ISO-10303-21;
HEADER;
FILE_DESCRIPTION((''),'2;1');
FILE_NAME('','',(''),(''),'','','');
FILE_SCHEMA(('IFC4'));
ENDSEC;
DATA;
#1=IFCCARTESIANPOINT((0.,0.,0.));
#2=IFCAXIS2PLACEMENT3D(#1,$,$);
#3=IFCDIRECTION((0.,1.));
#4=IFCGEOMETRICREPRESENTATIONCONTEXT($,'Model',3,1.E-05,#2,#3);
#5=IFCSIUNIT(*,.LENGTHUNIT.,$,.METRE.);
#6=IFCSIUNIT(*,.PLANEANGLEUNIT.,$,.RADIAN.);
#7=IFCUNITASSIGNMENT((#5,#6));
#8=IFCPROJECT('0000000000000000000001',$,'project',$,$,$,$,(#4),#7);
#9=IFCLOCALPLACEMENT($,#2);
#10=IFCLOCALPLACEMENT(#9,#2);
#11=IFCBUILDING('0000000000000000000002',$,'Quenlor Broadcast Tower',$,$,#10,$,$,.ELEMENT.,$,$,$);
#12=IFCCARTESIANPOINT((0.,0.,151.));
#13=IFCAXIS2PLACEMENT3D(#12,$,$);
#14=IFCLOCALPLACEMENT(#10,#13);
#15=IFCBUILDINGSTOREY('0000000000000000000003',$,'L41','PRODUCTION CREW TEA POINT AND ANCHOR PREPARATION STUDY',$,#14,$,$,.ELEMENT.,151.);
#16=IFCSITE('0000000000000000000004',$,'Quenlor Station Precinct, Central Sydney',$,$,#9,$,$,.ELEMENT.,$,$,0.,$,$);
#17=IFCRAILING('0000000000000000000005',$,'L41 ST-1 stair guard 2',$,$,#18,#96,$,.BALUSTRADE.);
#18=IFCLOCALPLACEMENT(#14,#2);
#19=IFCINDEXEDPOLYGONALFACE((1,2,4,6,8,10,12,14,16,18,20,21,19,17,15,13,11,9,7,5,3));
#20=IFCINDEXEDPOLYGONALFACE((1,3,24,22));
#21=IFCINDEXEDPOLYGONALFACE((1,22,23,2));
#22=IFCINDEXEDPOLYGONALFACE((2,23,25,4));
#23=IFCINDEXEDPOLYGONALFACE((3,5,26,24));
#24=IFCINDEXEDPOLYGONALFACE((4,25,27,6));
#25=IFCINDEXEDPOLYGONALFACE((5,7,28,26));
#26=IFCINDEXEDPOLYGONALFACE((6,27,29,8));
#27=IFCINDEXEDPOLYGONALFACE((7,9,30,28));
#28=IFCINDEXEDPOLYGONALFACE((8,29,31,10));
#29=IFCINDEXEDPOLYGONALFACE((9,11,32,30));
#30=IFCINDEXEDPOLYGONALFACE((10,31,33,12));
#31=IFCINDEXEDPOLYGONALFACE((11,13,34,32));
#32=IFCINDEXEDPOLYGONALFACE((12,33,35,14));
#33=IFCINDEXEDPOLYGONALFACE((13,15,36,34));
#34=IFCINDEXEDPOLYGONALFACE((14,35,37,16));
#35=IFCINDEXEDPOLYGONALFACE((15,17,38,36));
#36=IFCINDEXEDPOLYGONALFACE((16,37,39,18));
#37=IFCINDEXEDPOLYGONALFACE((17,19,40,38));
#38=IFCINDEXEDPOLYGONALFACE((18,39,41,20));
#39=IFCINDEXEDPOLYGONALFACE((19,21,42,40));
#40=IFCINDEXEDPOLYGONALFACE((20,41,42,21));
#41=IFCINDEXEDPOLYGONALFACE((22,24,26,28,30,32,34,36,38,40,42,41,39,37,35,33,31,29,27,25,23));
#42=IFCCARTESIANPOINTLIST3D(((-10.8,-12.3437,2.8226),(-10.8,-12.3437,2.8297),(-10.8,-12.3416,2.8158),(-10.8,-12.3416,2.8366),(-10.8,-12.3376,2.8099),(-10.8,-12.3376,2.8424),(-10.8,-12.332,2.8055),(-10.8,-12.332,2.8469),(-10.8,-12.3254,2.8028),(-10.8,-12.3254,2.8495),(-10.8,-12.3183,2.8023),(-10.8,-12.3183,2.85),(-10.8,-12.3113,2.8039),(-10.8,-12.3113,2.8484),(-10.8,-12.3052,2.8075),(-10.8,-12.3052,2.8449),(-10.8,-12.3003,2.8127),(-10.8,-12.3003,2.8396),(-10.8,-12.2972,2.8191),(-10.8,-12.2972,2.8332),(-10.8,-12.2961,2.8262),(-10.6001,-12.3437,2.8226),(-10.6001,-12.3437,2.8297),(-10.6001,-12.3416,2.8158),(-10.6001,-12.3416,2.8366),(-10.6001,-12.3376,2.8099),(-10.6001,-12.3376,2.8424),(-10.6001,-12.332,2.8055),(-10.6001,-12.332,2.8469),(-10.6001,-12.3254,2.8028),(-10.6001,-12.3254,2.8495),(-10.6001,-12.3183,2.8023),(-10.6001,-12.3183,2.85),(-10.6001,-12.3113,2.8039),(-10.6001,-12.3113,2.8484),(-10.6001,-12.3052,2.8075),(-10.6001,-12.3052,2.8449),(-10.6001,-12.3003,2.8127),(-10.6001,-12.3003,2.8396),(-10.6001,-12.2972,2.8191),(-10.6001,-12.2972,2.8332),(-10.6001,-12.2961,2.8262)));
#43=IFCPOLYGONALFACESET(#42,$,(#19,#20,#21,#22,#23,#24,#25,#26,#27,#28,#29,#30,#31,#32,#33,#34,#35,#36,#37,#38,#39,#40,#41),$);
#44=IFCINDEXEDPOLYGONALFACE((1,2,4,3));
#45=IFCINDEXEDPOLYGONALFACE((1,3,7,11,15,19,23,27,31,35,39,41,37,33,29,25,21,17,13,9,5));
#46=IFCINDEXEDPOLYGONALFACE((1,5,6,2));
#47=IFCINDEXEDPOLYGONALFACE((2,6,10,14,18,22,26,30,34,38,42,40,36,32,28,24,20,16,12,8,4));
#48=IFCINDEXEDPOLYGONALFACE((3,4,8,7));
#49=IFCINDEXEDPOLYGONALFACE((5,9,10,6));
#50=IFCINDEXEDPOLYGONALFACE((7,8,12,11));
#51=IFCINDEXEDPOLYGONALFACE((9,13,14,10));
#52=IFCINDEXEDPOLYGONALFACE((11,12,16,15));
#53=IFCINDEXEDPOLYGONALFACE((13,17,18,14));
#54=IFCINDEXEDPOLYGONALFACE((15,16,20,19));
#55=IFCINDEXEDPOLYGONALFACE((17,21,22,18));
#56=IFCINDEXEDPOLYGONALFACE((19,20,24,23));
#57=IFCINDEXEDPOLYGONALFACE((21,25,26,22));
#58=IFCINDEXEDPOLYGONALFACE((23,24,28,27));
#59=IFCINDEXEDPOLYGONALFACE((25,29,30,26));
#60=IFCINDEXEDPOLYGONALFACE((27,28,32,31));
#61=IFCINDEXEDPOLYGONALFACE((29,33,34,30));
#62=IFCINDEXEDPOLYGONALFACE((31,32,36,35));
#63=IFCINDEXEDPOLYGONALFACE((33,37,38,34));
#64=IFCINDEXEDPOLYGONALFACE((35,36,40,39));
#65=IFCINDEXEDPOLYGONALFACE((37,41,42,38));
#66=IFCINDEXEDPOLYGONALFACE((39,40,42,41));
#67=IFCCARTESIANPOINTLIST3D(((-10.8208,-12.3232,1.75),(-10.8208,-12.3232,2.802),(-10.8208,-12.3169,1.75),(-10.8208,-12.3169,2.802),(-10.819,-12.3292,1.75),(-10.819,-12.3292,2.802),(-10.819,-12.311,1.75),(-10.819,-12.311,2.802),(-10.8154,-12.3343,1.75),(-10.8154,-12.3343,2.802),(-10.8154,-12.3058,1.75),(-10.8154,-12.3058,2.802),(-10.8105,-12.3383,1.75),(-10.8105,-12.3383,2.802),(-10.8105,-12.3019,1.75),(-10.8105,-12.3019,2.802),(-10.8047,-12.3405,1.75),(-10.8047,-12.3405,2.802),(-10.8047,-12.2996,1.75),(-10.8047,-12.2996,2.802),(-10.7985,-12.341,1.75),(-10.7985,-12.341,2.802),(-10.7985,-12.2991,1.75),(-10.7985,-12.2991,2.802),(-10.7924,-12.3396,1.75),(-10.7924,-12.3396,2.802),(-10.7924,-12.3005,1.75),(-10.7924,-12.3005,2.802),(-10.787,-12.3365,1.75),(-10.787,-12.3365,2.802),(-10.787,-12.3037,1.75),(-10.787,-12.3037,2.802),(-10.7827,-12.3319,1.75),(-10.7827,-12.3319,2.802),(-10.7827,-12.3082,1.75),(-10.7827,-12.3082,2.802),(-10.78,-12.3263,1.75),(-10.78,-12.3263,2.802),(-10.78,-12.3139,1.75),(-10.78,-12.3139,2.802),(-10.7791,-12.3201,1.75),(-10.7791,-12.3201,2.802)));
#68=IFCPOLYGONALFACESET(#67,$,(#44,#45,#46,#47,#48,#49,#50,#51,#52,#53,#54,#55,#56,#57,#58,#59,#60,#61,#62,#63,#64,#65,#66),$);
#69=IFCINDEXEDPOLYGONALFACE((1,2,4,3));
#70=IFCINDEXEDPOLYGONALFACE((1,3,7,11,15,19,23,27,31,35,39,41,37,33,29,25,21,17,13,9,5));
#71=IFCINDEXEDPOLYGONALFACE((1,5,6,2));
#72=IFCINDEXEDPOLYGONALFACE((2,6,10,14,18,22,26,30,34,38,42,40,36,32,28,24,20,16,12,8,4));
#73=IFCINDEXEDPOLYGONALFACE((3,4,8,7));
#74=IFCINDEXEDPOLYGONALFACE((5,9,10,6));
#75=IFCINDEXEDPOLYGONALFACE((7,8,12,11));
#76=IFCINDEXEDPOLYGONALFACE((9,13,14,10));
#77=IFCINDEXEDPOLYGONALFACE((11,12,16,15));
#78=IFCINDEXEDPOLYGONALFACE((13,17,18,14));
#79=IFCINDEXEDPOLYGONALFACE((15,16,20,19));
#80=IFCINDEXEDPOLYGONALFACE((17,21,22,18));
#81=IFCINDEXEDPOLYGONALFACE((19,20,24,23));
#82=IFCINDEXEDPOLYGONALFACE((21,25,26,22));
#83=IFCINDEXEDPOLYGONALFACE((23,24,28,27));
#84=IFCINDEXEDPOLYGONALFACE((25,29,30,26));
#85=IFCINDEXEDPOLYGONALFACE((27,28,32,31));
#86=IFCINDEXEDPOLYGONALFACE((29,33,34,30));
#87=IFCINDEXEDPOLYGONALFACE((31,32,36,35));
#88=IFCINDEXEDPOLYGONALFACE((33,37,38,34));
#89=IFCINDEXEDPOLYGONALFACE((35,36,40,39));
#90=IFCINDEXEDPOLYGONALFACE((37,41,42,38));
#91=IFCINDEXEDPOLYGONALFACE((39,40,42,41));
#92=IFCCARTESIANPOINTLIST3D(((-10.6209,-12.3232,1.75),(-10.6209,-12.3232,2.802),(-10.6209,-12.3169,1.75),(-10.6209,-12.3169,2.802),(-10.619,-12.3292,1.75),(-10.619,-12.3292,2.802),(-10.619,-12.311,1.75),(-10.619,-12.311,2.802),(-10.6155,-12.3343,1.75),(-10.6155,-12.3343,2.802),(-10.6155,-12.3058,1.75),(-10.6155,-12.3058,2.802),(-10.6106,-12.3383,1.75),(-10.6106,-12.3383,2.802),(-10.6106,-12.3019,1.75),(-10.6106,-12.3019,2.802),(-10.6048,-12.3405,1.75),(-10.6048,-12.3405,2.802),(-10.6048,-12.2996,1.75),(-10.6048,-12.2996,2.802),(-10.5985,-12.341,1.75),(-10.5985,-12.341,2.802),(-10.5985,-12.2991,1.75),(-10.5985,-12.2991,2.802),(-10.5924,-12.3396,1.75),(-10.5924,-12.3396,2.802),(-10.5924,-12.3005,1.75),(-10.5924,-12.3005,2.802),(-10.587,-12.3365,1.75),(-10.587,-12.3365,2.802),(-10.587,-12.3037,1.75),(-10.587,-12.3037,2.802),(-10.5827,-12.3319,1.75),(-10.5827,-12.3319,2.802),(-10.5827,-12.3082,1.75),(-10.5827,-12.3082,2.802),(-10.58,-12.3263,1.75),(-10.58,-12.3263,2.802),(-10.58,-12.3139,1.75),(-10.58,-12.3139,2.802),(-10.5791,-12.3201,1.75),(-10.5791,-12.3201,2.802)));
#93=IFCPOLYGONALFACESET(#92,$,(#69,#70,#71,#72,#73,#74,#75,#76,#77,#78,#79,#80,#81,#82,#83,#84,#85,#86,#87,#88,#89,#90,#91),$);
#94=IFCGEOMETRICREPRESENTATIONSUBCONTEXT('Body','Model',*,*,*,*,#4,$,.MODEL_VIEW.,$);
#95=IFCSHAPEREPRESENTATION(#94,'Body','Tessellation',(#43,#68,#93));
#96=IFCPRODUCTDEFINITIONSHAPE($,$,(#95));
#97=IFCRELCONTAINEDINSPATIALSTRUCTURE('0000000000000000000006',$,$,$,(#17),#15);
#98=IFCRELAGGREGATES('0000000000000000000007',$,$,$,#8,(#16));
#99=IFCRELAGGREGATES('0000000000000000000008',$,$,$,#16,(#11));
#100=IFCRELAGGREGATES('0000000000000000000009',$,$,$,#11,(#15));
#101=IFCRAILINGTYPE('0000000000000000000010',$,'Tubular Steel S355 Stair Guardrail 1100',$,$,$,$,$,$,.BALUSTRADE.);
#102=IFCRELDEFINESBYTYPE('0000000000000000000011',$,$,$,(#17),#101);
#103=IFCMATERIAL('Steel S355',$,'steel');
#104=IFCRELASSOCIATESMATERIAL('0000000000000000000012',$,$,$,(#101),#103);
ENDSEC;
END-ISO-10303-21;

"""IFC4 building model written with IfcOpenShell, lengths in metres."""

from ifc_helpers import new_model, si_unit, direction, frame, origin, origin_2d, place, context, subcontext, project, spatial, circle, extrude, material, type_object, element, save


model = new_model("IFC4")

# Units and contexts
model_context = context("Model", 3, precision=1e-05, world=origin(), true_north=direction((0.0, 1.0)))
body_context = subcontext(model_context, "Body", "Model", "MODEL_VIEW")
ifc_project = project(units=[si_unit("LENGTHUNIT", "METRE"), si_unit("PLANEANGLEUNIT", "RADIAN")], contexts=[model_context])

# Site, building, storey
site_placement = place(None, origin())
site = spatial("IfcSite", under=ifc_project, at=site_placement, Name="Quenlor Station Precinct, Central Sydney", CompositionType="ELEMENT", RefElevation=0.0)
building_placement = place(site_placement, origin())
building = spatial("IfcBuilding", under=site, at=building_placement, Name="Quenlor Broadcast Tower", CompositionType="ELEMENT")
storey_placement = place(building_placement, frame((0.0, 0.0, 151.0)))
storey = spatial("IfcBuildingStorey", under=building, at=storey_placement, Name="L41", Description="PRODUCTION CREW TEA POINT AND ANCHOR PREPARATION STUDY", CompositionType="ELEMENT", Elevation=151.0)

# Railing
ifc_material_1 = material(Name="Steel S355", Category="steel")
railing_type_1 = type_object("IfcRailingType", Name="Tubular Steel S355 Stair Guardrail 1100", PredefinedType="BALUSTRADE", material=ifc_material_1)
railing_1_placement = place(storey_placement, frame((-10.8, -12.3201, 1.75)))
element("IfcRailing", 1, at=railing_1_placement, inside=storey, type_object=railing_type_1, Name="L41 ST-1 stair guard 2", PredefinedType="BALUSTRADE", context=body_context, shape_type="SweptSolid", body=[
    extrude(circle(Radius=0.0239, at=origin_2d()), frame((0.0, 0.0, 1.0762), z_axis=(1.0, 0.0, 0.0), x_axis=(0.0, 1.0, 0.0)), (0.0, 0.0, 1.0), 0.2),
    extrude(circle(Radius=0.021, at=origin_2d()), origin(), (0.0, 0.0, 1.0), 1.052),
    extrude(circle(Radius=0.021, at=origin_2d()), frame((0.2, 0.0, 0.0)), (0.0, 0.0, 1.0), 1.052),
])

save(model, "model.ifc")
